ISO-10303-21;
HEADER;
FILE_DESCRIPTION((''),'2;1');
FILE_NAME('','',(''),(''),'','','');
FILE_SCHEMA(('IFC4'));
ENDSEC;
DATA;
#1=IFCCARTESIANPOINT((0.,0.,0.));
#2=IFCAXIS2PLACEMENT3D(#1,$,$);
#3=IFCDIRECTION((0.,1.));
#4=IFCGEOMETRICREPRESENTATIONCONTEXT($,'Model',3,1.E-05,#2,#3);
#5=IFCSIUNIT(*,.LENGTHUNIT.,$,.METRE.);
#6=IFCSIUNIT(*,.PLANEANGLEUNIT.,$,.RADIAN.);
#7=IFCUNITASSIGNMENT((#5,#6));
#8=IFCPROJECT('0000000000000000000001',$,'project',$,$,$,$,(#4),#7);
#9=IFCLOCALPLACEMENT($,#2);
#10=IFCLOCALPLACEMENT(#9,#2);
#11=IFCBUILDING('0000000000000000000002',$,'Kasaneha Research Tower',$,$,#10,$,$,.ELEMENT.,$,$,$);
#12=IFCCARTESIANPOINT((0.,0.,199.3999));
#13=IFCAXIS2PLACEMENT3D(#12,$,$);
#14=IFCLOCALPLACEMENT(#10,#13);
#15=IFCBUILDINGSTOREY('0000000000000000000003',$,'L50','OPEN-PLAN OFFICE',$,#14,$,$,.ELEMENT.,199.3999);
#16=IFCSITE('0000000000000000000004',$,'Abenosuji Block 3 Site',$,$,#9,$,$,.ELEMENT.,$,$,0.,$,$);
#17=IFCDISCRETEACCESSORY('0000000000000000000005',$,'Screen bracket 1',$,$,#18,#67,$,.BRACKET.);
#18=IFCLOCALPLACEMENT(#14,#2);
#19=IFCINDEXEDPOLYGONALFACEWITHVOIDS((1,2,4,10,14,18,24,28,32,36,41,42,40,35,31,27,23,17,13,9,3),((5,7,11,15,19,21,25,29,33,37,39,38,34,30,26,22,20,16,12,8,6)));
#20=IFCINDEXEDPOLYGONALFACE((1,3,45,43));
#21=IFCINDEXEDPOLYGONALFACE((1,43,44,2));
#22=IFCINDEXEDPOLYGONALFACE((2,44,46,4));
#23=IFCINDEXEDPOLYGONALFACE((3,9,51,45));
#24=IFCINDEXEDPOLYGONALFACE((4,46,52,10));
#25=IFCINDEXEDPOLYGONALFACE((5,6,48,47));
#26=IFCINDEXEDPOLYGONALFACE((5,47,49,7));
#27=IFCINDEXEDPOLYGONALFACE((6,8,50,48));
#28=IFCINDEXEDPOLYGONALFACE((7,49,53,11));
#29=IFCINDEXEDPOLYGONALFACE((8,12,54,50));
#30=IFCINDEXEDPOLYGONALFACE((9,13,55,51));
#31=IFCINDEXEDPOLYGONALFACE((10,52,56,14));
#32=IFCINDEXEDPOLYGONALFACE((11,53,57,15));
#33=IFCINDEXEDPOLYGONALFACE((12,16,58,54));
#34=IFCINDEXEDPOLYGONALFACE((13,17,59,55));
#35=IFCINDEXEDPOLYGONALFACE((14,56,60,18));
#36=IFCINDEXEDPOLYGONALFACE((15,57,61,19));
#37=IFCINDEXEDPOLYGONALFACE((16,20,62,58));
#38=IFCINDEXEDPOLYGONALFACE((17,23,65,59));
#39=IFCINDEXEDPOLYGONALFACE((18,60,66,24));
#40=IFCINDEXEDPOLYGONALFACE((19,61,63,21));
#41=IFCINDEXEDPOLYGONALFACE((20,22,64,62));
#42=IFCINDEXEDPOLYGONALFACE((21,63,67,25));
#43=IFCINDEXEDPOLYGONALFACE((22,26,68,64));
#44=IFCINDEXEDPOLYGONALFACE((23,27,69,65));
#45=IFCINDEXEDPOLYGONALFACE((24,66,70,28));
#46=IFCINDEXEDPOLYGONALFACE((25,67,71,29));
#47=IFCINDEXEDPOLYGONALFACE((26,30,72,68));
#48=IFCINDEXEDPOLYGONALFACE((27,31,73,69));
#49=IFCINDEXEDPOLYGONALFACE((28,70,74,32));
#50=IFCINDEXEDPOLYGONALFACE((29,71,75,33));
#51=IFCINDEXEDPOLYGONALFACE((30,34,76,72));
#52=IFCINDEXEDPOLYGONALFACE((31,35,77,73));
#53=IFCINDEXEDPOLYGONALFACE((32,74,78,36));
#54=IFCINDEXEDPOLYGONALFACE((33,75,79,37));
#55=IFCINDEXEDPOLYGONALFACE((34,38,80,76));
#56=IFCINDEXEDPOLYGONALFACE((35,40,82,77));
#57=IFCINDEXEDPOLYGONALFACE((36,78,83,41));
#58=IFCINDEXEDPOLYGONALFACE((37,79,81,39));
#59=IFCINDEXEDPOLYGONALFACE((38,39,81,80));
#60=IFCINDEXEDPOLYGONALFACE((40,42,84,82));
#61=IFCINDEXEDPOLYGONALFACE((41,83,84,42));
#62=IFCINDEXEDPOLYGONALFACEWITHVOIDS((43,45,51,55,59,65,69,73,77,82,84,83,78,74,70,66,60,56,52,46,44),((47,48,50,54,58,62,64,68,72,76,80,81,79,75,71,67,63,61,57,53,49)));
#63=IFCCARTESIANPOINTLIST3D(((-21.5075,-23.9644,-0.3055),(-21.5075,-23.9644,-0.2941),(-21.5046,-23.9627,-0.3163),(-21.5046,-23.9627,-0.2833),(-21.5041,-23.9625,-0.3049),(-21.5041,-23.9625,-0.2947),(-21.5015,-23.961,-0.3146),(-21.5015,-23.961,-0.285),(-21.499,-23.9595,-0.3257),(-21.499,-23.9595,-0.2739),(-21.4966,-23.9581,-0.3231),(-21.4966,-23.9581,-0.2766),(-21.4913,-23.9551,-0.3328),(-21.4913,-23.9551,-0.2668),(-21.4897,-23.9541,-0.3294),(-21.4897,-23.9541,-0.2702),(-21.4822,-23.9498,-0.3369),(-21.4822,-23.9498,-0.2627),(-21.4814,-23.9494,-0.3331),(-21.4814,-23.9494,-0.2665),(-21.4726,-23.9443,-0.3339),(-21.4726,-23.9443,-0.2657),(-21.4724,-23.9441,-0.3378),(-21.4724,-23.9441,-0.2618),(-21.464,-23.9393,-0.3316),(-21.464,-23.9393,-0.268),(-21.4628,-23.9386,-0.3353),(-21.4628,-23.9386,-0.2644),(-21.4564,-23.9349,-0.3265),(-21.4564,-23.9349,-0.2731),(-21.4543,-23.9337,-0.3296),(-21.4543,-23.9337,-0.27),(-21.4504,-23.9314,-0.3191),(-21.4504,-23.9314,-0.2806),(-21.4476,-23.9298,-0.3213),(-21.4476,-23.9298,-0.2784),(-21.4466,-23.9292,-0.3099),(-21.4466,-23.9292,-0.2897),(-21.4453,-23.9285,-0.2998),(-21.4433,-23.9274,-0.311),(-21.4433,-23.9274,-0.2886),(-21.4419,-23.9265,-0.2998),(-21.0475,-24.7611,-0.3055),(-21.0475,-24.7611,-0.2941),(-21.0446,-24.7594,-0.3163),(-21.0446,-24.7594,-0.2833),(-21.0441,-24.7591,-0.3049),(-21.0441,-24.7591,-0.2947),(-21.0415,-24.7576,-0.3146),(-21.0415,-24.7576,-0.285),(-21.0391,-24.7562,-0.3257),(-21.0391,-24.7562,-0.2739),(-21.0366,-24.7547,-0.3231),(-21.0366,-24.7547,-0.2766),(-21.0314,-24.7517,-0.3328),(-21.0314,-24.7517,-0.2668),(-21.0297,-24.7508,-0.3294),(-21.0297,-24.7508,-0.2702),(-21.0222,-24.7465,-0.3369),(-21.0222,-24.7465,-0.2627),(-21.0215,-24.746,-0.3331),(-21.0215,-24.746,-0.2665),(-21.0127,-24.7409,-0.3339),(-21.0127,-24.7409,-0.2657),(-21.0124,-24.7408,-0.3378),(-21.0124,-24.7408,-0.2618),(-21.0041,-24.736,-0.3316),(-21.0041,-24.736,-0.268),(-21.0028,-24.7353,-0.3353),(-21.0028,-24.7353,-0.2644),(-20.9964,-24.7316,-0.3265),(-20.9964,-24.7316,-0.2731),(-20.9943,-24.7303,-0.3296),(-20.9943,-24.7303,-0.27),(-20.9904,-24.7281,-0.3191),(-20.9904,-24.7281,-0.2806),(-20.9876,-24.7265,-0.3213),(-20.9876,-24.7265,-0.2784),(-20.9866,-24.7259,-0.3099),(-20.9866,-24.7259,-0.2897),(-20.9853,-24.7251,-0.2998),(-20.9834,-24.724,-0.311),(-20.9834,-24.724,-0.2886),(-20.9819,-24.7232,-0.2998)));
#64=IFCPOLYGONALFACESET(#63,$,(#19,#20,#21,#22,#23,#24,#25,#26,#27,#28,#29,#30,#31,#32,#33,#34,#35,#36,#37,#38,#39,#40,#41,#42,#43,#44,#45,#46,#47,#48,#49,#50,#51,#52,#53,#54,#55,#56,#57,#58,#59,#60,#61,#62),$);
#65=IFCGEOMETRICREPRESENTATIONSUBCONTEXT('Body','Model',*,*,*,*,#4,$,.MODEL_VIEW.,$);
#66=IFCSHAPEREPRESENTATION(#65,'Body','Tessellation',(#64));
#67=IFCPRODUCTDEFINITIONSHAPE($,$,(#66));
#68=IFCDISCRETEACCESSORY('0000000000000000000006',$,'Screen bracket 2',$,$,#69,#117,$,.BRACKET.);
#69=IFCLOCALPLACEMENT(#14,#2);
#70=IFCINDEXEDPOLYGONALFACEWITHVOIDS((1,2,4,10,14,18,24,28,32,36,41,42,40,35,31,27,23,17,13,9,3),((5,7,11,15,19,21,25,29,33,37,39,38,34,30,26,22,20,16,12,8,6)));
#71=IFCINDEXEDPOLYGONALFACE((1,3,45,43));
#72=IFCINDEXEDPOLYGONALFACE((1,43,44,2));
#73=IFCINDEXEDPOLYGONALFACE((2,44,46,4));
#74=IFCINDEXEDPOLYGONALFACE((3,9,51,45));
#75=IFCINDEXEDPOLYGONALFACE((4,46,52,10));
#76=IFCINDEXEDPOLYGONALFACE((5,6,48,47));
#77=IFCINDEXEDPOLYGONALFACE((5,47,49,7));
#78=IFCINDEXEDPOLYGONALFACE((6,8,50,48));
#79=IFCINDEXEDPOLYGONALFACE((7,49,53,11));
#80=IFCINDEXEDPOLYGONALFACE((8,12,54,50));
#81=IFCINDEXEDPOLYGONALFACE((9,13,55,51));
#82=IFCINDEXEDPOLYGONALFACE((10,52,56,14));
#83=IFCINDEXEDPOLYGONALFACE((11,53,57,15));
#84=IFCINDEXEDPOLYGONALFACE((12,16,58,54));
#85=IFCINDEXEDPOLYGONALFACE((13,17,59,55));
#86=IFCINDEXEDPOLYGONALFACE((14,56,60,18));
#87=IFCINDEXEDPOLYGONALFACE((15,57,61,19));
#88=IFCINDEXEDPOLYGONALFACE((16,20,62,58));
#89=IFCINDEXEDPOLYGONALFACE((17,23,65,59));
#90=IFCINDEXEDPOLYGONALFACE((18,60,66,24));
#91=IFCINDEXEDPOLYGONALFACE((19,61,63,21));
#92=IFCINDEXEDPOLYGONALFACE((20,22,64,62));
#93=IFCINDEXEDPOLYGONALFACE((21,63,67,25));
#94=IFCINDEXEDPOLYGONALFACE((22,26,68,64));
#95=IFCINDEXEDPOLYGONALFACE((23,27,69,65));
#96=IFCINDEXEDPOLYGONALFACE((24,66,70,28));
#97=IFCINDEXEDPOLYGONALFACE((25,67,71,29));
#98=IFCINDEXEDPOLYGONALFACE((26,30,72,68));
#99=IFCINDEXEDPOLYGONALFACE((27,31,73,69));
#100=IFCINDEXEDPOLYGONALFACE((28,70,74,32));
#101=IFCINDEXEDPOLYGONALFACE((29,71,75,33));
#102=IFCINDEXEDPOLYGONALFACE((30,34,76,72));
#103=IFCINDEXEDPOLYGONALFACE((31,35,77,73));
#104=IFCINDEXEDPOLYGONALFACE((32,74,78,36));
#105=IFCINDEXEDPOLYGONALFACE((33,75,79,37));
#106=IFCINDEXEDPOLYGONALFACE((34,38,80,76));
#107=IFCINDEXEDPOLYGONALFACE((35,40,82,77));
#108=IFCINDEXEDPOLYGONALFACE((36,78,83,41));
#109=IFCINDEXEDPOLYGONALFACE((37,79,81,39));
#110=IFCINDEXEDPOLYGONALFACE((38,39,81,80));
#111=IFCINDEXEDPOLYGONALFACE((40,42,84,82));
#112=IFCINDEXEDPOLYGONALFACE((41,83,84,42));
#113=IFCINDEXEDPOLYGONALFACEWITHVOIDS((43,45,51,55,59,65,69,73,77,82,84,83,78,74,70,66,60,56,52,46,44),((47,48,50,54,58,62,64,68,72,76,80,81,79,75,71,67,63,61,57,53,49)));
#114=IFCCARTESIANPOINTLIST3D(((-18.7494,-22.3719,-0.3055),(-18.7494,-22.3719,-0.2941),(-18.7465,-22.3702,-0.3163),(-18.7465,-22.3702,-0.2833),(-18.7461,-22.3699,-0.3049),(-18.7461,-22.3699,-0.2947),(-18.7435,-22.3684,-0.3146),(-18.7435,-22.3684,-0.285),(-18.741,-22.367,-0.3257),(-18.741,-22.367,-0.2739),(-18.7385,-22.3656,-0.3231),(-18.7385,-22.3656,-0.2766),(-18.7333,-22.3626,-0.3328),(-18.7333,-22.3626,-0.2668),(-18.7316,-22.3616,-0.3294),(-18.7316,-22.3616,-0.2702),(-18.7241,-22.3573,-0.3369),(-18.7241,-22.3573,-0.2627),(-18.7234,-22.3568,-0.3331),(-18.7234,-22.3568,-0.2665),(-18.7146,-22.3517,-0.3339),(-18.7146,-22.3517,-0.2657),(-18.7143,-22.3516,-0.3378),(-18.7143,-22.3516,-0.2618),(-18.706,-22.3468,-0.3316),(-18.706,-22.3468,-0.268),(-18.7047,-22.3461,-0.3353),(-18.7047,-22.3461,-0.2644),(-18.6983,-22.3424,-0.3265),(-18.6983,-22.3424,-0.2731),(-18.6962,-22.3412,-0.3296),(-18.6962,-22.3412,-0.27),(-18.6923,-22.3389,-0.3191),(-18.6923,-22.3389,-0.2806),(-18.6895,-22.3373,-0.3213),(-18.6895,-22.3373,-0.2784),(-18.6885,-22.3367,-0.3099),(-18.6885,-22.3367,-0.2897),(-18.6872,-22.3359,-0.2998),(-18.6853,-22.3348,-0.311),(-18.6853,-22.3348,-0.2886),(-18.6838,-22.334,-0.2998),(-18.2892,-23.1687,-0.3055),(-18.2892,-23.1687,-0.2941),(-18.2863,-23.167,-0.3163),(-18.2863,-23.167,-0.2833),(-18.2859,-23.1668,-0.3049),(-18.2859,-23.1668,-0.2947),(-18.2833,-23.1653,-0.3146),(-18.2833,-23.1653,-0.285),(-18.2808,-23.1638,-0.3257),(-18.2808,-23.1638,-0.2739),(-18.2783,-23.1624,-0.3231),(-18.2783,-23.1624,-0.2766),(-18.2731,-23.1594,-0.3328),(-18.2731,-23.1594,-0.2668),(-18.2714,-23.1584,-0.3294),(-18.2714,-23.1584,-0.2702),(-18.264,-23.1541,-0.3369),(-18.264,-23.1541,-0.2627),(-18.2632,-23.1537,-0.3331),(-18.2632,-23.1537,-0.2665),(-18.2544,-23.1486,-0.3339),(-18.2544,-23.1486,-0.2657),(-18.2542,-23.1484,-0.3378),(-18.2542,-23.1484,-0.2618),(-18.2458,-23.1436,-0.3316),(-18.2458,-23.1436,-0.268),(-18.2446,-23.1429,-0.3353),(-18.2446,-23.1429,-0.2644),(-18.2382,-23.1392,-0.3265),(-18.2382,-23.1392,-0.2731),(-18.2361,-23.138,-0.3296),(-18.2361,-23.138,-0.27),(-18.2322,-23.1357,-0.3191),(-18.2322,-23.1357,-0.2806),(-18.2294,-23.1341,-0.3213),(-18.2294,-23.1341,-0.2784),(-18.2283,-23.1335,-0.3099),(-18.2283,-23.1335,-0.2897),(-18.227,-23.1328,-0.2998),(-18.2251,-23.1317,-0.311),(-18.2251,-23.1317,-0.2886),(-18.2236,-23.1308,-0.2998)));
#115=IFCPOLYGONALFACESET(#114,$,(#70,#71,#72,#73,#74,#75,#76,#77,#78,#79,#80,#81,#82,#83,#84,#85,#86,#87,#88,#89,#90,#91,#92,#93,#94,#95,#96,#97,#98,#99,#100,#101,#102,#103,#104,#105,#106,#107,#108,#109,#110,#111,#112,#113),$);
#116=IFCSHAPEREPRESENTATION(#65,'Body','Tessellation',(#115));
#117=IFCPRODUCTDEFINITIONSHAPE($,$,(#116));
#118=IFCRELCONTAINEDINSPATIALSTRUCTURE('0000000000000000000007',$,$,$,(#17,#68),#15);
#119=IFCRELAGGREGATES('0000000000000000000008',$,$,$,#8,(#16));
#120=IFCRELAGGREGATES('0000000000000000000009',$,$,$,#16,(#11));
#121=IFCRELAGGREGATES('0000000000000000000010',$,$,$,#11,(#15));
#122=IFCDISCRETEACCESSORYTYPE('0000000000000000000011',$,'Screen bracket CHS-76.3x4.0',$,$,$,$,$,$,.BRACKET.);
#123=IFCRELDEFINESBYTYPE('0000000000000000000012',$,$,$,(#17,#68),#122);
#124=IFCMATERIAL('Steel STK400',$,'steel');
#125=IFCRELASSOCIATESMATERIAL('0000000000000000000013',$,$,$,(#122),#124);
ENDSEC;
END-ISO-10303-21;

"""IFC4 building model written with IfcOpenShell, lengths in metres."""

from ifc_helpers import new_model, si_unit, direction, frame, origin, origin_2d, place, context, subcontext, project, spatial, hollow_circle, extrude, material, material_profile, profile_set, type_object, element, save


model = new_model("IFC4")

# Units and contexts
model_context = context("Model", 3, precision=1e-05, world=origin(), true_north=direction((0.0, 1.0)))
body_context = subcontext(model_context, "Body", "Model", "MODEL_VIEW")
ifc_project = project(units=[si_unit("LENGTHUNIT", "METRE"), si_unit("PLANEANGLEUNIT", "RADIAN")], contexts=[model_context])

# Site, building, storey
site_placement = place(None, origin())
site = spatial("IfcSite", under=ifc_project, at=site_placement, Name="Abenosuji Block 3 Site", CompositionType="ELEMENT", RefElevation=0.0)
building_placement = place(site_placement, origin())
building = spatial("IfcBuilding", under=site, at=building_placement, Name="Kasaneha Research Tower", CompositionType="ELEMENT")
storey_placement = place(building_placement, frame((0.0, 0.0, 199.3999)))
storey = spatial("IfcBuildingStorey", under=building, at=storey_placement, Name="L50", Description="OPEN-PLAN OFFICE", CompositionType="ELEMENT", Elevation=199.3999)

# Discrete accessories
ifc_material_1 = material(Name="Steel STK400", Category="steel")
ifc_material_profile_1 = material_profile(ifc_material_1, hollow_circle(Radius=0.0381, WallThickness=0.0039, at=origin_2d()), Name="CHS-76.3x4.0")
ifc_profile_set_1 = profile_set([ifc_material_profile_1], Name="Steel STK400")
discrete_accessory_type = type_object("IfcDiscreteAccessoryType", Name="Screen bracket CHS-76.3x4.0", PredefinedType="BRACKET", material=ifc_profile_set_1)
discrete_accessory_1_placement = place(storey_placement, frame((-21.4749, -23.9456, -0.2998), z_axis=(0.500021, -0.866013, 0.0), x_axis=(0.866013, 0.500021, 0.0)))
element("IfcDiscreteAccessory", 1, at=discrete_accessory_1_placement, inside=storey, type_object=discrete_accessory_type, Name="Screen bracket 1", PredefinedType="BRACKET", context=body_context, shape_type="SweptSolid", body=[
    extrude(hollow_circle(Radius=0.0381, WallThickness=0.0039, at=origin_2d()), origin(), (0.0, 0.0, 1.0), 0.9199),
])
discrete_accessory_2_placement = place(storey_placement, frame((-18.7168, -22.353, -0.2998), z_axis=(0.500105, -0.865965, 0.0), x_axis=(0.865965, 0.500105, 0.0)))
element("IfcDiscreteAccessory", 2, at=discrete_accessory_2_placement, inside=storey, type_object=discrete_accessory_type, Name="Screen bracket 2", PredefinedType="BRACKET", context=body_context, shape_type="SweptSolid", body=[
    extrude(hollow_circle(Radius=0.0381, WallThickness=0.0039, at=origin_2d()), origin(), (0.0, 0.0, 1.0), 0.9202),
])

save(model, "model.ifc")
